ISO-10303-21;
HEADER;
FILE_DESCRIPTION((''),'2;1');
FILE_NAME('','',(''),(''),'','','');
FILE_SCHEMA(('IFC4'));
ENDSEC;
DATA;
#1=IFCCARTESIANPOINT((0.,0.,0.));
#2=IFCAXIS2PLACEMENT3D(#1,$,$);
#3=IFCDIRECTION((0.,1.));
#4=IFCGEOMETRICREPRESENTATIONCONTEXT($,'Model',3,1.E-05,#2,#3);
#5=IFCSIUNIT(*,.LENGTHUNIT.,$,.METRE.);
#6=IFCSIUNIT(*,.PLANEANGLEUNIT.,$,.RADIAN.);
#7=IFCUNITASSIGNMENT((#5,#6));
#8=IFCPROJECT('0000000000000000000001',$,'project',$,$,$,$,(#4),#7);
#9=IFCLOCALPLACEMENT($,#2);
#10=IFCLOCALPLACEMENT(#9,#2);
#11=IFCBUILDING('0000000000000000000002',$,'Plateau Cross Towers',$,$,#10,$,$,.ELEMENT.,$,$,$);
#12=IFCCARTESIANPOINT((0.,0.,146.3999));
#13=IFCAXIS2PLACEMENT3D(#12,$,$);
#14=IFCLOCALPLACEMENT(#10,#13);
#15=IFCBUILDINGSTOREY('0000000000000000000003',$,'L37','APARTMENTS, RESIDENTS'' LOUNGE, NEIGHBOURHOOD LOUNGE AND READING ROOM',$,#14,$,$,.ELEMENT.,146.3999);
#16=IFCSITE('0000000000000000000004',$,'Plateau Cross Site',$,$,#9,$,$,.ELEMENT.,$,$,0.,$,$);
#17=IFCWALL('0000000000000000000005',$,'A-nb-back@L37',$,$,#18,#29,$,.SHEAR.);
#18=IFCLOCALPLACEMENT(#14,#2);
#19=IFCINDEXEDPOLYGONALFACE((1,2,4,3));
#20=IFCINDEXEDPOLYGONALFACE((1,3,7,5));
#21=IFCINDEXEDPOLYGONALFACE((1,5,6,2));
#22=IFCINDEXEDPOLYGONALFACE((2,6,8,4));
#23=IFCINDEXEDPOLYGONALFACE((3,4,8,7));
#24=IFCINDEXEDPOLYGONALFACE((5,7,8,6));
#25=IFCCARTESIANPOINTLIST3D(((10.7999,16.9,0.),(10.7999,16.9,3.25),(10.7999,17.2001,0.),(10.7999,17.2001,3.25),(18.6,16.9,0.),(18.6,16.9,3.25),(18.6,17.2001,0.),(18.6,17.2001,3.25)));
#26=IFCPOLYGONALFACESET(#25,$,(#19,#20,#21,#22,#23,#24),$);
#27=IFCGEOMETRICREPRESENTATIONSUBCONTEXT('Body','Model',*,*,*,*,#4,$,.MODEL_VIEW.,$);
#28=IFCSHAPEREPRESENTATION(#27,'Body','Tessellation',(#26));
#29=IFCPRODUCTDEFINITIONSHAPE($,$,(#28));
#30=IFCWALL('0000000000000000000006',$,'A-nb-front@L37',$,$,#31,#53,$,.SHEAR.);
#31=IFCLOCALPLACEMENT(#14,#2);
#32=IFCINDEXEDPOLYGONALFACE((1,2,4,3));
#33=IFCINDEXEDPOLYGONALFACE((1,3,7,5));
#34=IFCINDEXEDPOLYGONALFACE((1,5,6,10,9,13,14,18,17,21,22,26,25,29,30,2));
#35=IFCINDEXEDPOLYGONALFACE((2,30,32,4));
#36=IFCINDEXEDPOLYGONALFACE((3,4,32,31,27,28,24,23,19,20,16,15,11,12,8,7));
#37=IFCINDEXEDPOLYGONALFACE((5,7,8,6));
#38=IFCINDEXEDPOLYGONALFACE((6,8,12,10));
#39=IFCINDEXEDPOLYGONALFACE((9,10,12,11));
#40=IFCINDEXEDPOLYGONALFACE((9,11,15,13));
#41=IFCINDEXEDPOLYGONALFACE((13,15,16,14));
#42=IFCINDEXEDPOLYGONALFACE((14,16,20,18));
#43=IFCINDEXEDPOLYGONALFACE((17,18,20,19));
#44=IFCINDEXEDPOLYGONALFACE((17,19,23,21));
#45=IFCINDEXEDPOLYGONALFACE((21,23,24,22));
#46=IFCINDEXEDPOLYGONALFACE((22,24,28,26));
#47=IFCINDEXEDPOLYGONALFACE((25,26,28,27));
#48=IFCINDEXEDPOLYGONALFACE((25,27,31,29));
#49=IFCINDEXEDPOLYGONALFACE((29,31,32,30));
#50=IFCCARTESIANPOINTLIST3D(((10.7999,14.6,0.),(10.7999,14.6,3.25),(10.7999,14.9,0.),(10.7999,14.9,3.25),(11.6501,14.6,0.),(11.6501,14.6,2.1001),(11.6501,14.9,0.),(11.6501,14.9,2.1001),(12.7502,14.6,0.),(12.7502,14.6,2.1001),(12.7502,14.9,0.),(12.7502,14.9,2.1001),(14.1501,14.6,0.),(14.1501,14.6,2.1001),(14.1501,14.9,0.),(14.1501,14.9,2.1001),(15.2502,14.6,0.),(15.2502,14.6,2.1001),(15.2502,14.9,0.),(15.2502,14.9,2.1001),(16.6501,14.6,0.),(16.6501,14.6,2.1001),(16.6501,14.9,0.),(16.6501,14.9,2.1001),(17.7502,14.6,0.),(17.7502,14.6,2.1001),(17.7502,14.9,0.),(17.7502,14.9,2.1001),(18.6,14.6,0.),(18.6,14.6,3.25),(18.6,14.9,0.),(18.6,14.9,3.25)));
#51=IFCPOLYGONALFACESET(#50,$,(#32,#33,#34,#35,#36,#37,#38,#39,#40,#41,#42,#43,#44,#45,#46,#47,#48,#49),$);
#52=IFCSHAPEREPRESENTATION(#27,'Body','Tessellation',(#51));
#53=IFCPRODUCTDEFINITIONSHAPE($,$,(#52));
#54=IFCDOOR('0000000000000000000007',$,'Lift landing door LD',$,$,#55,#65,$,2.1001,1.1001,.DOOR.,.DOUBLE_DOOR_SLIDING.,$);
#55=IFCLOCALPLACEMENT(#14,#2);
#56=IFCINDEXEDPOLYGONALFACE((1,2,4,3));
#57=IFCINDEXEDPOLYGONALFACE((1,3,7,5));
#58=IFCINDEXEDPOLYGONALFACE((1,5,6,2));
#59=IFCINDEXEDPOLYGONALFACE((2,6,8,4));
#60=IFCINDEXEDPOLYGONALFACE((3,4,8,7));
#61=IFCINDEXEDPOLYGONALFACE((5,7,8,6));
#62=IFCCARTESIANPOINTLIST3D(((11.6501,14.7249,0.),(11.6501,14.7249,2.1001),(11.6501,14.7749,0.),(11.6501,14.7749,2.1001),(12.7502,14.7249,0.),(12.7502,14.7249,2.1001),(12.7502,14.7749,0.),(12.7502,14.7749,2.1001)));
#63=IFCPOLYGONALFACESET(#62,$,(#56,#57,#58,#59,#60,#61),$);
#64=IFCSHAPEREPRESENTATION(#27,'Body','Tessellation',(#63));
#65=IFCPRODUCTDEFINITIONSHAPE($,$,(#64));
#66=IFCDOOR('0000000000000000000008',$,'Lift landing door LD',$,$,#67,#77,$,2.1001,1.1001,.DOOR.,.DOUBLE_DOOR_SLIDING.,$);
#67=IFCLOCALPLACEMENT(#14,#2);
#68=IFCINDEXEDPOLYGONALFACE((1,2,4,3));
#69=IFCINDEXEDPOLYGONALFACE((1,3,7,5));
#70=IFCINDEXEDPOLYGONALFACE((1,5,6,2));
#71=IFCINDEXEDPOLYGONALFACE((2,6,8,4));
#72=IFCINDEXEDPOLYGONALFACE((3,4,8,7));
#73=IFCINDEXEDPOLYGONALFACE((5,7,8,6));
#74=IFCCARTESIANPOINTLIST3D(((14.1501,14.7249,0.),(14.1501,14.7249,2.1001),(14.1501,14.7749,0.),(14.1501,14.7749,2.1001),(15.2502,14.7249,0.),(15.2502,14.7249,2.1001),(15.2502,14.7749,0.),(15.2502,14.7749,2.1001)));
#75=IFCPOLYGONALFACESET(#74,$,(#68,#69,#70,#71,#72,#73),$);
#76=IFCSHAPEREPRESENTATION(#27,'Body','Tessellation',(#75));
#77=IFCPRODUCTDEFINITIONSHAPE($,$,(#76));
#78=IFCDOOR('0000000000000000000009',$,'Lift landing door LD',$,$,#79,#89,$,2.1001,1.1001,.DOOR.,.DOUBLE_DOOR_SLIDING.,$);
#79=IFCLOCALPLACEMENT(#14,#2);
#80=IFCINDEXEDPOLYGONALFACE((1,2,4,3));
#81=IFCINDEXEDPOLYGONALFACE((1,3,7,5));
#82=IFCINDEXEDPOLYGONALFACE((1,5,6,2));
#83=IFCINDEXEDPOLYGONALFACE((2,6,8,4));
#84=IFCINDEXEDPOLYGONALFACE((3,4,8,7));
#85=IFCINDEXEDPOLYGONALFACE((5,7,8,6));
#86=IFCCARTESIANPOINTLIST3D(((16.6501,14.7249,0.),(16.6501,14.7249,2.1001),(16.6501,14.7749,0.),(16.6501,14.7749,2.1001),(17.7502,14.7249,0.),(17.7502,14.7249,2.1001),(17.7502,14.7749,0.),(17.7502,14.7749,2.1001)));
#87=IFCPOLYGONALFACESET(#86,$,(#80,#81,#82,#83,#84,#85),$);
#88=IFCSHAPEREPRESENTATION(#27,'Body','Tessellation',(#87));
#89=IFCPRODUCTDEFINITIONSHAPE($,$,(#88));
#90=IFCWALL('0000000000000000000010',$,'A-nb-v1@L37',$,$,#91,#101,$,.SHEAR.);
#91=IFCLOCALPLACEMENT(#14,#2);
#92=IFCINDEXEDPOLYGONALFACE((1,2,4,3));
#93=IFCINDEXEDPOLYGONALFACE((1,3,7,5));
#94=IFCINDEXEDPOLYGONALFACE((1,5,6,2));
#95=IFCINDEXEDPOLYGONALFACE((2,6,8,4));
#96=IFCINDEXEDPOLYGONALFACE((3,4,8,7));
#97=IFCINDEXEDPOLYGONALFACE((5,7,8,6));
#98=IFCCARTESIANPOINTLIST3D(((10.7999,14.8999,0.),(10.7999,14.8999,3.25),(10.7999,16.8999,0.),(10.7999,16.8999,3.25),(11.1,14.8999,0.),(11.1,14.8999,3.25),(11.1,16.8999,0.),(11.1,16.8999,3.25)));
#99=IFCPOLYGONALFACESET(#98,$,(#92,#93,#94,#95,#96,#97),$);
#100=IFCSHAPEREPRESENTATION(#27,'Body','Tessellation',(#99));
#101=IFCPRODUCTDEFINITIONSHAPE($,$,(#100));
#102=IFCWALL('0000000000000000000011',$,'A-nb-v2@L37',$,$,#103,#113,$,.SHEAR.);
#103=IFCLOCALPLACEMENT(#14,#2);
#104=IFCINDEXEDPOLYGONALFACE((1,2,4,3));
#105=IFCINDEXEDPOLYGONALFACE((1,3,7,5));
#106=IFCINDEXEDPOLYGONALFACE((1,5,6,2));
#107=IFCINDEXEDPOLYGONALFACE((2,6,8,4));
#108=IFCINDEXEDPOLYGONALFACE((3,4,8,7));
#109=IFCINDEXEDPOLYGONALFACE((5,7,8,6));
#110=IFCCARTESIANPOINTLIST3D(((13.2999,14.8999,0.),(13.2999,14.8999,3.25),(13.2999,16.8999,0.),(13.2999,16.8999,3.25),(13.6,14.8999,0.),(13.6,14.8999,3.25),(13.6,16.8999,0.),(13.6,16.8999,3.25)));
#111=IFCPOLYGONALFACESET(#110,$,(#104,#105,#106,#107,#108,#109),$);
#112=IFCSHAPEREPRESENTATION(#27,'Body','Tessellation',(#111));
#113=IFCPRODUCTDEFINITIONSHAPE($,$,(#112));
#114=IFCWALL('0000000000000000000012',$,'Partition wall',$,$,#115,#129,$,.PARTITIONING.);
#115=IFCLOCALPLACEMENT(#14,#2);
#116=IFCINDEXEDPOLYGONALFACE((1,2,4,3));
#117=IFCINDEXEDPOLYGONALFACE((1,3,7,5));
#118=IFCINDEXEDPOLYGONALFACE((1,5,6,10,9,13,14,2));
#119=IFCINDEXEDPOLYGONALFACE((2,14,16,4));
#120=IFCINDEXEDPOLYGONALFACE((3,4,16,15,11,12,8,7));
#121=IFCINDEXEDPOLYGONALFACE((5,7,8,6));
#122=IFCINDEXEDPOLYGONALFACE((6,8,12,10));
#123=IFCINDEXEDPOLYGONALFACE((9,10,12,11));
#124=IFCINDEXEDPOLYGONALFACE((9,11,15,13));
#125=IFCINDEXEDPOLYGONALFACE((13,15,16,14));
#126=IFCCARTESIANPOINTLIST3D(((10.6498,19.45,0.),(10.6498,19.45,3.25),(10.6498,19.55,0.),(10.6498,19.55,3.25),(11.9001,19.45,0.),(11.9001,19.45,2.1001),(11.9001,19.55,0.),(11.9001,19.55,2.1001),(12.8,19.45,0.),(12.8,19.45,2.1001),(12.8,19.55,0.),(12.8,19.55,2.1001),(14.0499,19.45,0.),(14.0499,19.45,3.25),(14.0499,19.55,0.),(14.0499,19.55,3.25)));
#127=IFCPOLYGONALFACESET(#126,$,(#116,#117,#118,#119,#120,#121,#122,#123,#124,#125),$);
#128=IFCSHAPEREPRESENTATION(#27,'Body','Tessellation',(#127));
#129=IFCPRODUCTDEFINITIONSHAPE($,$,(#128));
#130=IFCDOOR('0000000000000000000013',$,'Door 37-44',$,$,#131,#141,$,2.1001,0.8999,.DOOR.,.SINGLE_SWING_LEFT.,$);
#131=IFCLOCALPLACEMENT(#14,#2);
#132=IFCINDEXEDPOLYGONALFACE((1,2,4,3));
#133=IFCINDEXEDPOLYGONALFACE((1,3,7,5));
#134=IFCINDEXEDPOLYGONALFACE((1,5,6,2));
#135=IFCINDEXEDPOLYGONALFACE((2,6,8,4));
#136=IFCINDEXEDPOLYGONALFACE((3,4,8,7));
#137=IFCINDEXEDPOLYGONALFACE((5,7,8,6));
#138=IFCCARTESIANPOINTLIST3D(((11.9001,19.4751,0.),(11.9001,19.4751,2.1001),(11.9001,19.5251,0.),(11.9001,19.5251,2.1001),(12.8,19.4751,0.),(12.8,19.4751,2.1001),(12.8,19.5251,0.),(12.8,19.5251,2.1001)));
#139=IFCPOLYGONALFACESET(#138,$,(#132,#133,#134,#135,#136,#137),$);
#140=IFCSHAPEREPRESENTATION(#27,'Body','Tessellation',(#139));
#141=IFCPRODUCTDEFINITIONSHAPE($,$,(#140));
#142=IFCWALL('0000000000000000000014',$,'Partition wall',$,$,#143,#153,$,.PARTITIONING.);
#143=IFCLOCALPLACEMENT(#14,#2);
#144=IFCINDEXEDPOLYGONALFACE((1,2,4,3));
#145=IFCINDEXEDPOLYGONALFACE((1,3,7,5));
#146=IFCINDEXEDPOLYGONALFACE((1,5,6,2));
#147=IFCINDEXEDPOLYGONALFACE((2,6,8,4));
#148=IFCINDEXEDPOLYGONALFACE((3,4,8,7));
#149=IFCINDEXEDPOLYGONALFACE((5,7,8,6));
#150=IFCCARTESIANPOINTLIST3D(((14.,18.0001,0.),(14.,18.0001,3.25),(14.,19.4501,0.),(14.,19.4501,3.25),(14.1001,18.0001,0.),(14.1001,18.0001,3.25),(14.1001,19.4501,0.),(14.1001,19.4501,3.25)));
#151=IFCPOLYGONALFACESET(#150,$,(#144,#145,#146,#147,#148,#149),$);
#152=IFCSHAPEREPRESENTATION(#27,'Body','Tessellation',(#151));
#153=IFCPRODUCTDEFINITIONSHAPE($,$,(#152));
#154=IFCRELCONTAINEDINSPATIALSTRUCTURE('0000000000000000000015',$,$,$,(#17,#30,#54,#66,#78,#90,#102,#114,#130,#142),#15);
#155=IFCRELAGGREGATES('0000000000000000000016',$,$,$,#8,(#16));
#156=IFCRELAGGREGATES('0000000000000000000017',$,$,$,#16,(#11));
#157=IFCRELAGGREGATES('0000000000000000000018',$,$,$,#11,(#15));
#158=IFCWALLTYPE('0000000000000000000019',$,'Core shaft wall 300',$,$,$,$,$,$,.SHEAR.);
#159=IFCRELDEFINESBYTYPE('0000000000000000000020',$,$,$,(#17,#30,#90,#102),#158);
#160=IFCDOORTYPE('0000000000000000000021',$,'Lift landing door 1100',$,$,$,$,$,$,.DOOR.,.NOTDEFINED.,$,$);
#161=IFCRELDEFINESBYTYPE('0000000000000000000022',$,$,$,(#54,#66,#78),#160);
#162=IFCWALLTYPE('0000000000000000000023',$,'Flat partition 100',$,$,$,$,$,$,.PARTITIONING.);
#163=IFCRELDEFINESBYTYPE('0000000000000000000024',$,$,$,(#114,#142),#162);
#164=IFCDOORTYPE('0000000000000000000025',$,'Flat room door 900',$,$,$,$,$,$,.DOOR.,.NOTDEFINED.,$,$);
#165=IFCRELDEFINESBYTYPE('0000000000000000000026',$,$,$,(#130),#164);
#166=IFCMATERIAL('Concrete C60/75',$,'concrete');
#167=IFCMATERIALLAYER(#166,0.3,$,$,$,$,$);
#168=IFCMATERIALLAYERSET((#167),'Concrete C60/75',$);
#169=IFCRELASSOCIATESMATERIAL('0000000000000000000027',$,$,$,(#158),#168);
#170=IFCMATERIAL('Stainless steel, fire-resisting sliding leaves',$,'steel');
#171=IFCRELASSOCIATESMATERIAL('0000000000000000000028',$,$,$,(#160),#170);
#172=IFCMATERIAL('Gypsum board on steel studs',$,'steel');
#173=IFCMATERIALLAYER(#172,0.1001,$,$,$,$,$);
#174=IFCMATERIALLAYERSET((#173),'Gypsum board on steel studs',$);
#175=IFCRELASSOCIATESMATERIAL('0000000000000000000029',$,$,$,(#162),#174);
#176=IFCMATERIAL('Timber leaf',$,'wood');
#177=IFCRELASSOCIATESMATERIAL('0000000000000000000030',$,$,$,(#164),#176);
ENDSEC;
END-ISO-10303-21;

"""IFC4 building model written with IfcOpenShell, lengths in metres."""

from ifc_helpers import new_model, si_unit, direction, frame, frame_2d, origin, place, context, subcontext, project, spatial, rectangle, extrude, material, layer, layer_set, type_object, element, fill, save


model = new_model("IFC4")

# Units and contexts
model_context = context("Model", 3, precision=1e-05, world=origin(), true_north=direction((0.0, 1.0)))
body_context = subcontext(model_context, "Body", "Model", "MODEL_VIEW")
ifc_project = project(units=[si_unit("LENGTHUNIT", "METRE"), si_unit("PLANEANGLEUNIT", "RADIAN")], contexts=[model_context])

# Site, building, storey
site_placement = place(None, origin())
site = spatial("IfcSite", under=ifc_project, at=site_placement, Name="Plateau Cross Site", CompositionType="ELEMENT", RefElevation=0.0)
building_placement = place(site_placement, origin())
building = spatial("IfcBuilding", under=site, at=building_placement, Name="Plateau Cross Towers", CompositionType="ELEMENT")
storey_placement = place(building_placement, frame((0.0, 0.0, 146.3999)))
storey = spatial("IfcBuildingStorey", under=building, at=storey_placement, Name="L37", Description="APARTMENTS, RESIDENTS' LOUNGE, NEIGHBOURHOOD LOUNGE AND READING ROOM", CompositionType="ELEMENT", Elevation=146.3999)

# Wall
ifc_material_1 = material(Name="Concrete C60/75", Category="concrete")
ifc_layer_1 = layer(ifc_material_1, 0.3)
ifc_layer_set_1 = layer_set([ifc_layer_1], Name="Concrete C60/75")
wall_type_1 = type_object("IfcWallType", Name="Core shaft wall 300", PredefinedType="SHEAR", material=ifc_layer_set_1)
wall_1_placement = place(storey_placement, frame((10.8, 17.05, 0.0), z_axis=(0.0, 0.0, 1.0), x_axis=(1.0, 0.0, 0.0)))
element("IfcWall", 1, at=wall_1_placement, inside=storey, type_object=wall_type_1, Name="A-nb-back@L37", PredefinedType="SHEAR", context=body_context, shape_type="SweptSolid", body=[
    extrude(rectangle(XDim=7.8, YDim=0.3, at=frame_2d((3.8999, 0.0))), origin(), (0.0, 0.0, 1.0), 3.25),
])

# Wall, openings, doors
wall_2_placement = place(storey_placement, frame((10.8, 14.75, 0.0), z_axis=(0.0, 0.0, 1.0), x_axis=(1.0, 0.0, 0.0)))
wall_2 = element("IfcWall", 2, at=wall_2_placement, inside=storey, type_object=wall_type_1, Name="A-nb-front@L37", PredefinedType="SHEAR", context=body_context, shape_type="SweptSolid", body=[
    extrude(rectangle(XDim=7.8, YDim=0.3, at=frame_2d((3.8999, 0.0))), origin(), (0.0, 0.0, 1.0), 3.25),
])
opening_1_placement = place(wall_2_placement, frame((0.8501, 0.0, 0.0)))
opening_1 = element("IfcOpeningElement", 3, at=opening_1_placement, cuts=wall_2, PredefinedType="OPENING", context=body_context, shape_type="SweptSolid", body=[
    extrude(rectangle(XDim=1.1001, YDim=2.1001, at=frame_2d((0.55, 1.05))), frame((0.0, 0.1599, 0.0), z_axis=(0.0, -1.0, 0.0), x_axis=(1.0, 0.0, 0.0)), (0.0, 0.0, 1.0), 0.3201),
])
opening_2_placement = place(wall_2_placement, frame((3.3501, 0.0, 0.0)))
opening_2 = element("IfcOpeningElement", 4, at=opening_2_placement, cuts=wall_2, PredefinedType="OPENING", context=body_context, shape_type="SweptSolid", body=[
    extrude(rectangle(XDim=1.1001, YDim=2.1001, at=frame_2d((0.55, 1.05))), frame((0.0, 0.1599, 0.0), z_axis=(0.0, -1.0, 0.0), x_axis=(1.0, 0.0, 0.0)), (0.0, 0.0, 1.0), 0.3201),
])
opening_3_placement = place(wall_2_placement, frame((5.8501, 0.0, 0.0)))
opening_3 = element("IfcOpeningElement", 5, at=opening_3_placement, cuts=wall_2, PredefinedType="OPENING", context=body_context, shape_type="SweptSolid", body=[
    extrude(rectangle(XDim=1.1001, YDim=2.1001, at=frame_2d((0.55, 1.05))), frame((0.0, 0.1599, 0.0), z_axis=(0.0, -1.0, 0.0), x_axis=(1.0, 0.0, 0.0)), (0.0, 0.0, 1.0), 0.3201),
])
ifc_material_2 = material(Name="Stainless steel, fire-resisting sliding leaves", Category="steel")
door_type_1 = type_object("IfcDoorType", Name="Lift landing door 1100", OperationType="NOTDEFINED", PredefinedType="DOOR", material=ifc_material_2)
door_1_placement = place(opening_1_placement, origin())
door_1 = element("IfcDoor", 6, at=door_1_placement, inside=storey, type_object=door_type_1, Name="Lift landing door LD", OperationType="DOUBLE_DOOR_SLIDING", OverallHeight=2.1001, OverallWidth=1.1001, PredefinedType="DOOR", context=body_context, shape_type="SweptSolid", body=[
    extrude(rectangle(XDim=1.1001, YDim=2.1001, at=frame_2d((0.55, 1.05))), frame((0.0, 0.0249, 0.0), z_axis=(0.0, -1.0, 0.0), x_axis=(1.0, 0.0, 0.0)), (0.0, 0.0, 1.0), 0.05),
])
fill(opening_1, door_1)
door_2_placement = place(opening_2_placement, origin())
door_2 = element("IfcDoor", 7, at=door_2_placement, inside=storey, type_object=door_type_1, Name="Lift landing door LD", OperationType="DOUBLE_DOOR_SLIDING", OverallHeight=2.1001, OverallWidth=1.1001, PredefinedType="DOOR", context=body_context, shape_type="SweptSolid", body=[
    extrude(rectangle(XDim=1.1001, YDim=2.1001, at=frame_2d((0.55, 1.05))), frame((0.0, 0.0249, 0.0), z_axis=(0.0, -1.0, 0.0), x_axis=(1.0, 0.0, 0.0)), (0.0, 0.0, 1.0), 0.05),
])
fill(opening_2, door_2)
door_3_placement = place(opening_3_placement, origin())
door_3 = element("IfcDoor", 8, at=door_3_placement, inside=storey, type_object=door_type_1, Name="Lift landing door LD", OperationType="DOUBLE_DOOR_SLIDING", OverallHeight=2.1001, OverallWidth=1.1001, PredefinedType="DOOR", context=body_context, shape_type="SweptSolid", body=[
    extrude(rectangle(XDim=1.1001, YDim=2.1001, at=frame_2d((0.55, 1.05))), frame((0.0, 0.0249, 0.0), z_axis=(0.0, -1.0, 0.0), x_axis=(1.0, 0.0, 0.0)), (0.0, 0.0, 1.0), 0.05),
])
fill(opening_3, door_3)

# Walls
for number, where, z_axis, x_axis, name in (
    (9, (10.95, 14.8999, 0.0), (0.0, 0.0, 1.0), (0.0, 1.0, 0.0), "A-nb-v1@L37"),
    (10, (13.45, 14.8999, 0.0), (0.0, 0.0, 1.0), (0.0, 1.0, 0.0), "A-nb-v2@L37"),
):
    element("IfcWall", number, at=place(storey_placement, frame(where, z_axis=z_axis, x_axis=x_axis)), inside=storey, type_object=wall_type_1, Name=name, PredefinedType="SHEAR", context=body_context, shape_type="SweptSolid", body=[
        extrude(rectangle(XDim=2.0, YDim=0.3, at=frame_2d((1.0, 0.0))), origin(), (0.0, 0.0, 1.0), 3.25),
    ])

# Wall, opening, door
ifc_material_3 = material(Name="Gypsum board on steel studs", Category="steel")
ifc_layer_2 = layer(ifc_material_3, 0.1001)
ifc_layer_set_2 = layer_set([ifc_layer_2], Name="Gypsum board on steel studs")
wall_type_2 = type_object("IfcWallType", Name="Flat partition 100", PredefinedType="PARTITIONING", material=ifc_layer_set_2)
wall_3_placement = place(storey_placement, frame((14.05, 19.5, 0.0), z_axis=(0.0, 0.0, 1.0), x_axis=(-1.0, 0.0, 0.0)))
wall_3 = element("IfcWall", 11, at=wall_3_placement, inside=storey, type_object=wall_type_2, Name="Partition wall", PredefinedType="PARTITIONING", context=body_context, shape_type="SweptSolid", body=[
    extrude(rectangle(XDim=3.4001, YDim=0.1001, at=frame_2d((1.7002, 0.0))), origin(), (0.0, 0.0, 1.0), 3.25),
])
opening_4_placement = place(wall_3_placement, frame((1.25, 0.0, 0.0)))
opening_4 = element("IfcOpeningElement", 12, at=opening_4_placement, cuts=wall_3, PredefinedType="OPENING", context=body_context, shape_type="SweptSolid", body=[
    extrude(rectangle(XDim=0.8999, YDim=2.1001, at=frame_2d((0.45, 1.05))), frame((0.0, 0.0601, 0.0), z_axis=(0.0, -1.0, 0.0), x_axis=(1.0, 0.0, 0.0)), (0.0, 0.0, 1.0), 0.1201),
])
ifc_material_4 = material(Name="Timber leaf", Category="wood")
door_type_2 = type_object("IfcDoorType", Name="Flat room door 900", OperationType="NOTDEFINED", PredefinedType="DOOR", material=ifc_material_4)
door_4_placement = place(opening_4_placement, origin())
door_4 = element("IfcDoor", 13, at=door_4_placement, inside=storey, type_object=door_type_2, Name="Door 37-44", OperationType="SINGLE_SWING_LEFT", OverallHeight=2.1001, OverallWidth=0.8999, PredefinedType="DOOR", context=body_context, shape_type="SweptSolid", body=[
    extrude(rectangle(XDim=0.8999, YDim=2.1001, at=frame_2d((0.45, 1.05))), frame((0.0, 0.0249, 0.0), z_axis=(0.0, -1.0, 0.0), x_axis=(1.0, 0.0, 0.0)), (0.0, 0.0, 1.0), 0.05),
])
fill(opening_4, door_4)

# Wall
wall_4_placement = place(storey_placement, frame((14.05, 18.0, 0.0), z_axis=(0.0, 0.0, 1.0), x_axis=(0.0, 1.0, 0.0)))
element("IfcWall", 14, at=wall_4_placement, inside=storey, type_object=wall_type_2, Name="Partition wall", PredefinedType="PARTITIONING", context=body_context, shape_type="SweptSolid", body=[
    extrude(rectangle(XDim=1.45, YDim=0.1001, at=frame_2d((0.7251, 0.0))), origin(), (0.0, 0.0, 1.0), 3.25),
])

save(model, "model.ifc")
